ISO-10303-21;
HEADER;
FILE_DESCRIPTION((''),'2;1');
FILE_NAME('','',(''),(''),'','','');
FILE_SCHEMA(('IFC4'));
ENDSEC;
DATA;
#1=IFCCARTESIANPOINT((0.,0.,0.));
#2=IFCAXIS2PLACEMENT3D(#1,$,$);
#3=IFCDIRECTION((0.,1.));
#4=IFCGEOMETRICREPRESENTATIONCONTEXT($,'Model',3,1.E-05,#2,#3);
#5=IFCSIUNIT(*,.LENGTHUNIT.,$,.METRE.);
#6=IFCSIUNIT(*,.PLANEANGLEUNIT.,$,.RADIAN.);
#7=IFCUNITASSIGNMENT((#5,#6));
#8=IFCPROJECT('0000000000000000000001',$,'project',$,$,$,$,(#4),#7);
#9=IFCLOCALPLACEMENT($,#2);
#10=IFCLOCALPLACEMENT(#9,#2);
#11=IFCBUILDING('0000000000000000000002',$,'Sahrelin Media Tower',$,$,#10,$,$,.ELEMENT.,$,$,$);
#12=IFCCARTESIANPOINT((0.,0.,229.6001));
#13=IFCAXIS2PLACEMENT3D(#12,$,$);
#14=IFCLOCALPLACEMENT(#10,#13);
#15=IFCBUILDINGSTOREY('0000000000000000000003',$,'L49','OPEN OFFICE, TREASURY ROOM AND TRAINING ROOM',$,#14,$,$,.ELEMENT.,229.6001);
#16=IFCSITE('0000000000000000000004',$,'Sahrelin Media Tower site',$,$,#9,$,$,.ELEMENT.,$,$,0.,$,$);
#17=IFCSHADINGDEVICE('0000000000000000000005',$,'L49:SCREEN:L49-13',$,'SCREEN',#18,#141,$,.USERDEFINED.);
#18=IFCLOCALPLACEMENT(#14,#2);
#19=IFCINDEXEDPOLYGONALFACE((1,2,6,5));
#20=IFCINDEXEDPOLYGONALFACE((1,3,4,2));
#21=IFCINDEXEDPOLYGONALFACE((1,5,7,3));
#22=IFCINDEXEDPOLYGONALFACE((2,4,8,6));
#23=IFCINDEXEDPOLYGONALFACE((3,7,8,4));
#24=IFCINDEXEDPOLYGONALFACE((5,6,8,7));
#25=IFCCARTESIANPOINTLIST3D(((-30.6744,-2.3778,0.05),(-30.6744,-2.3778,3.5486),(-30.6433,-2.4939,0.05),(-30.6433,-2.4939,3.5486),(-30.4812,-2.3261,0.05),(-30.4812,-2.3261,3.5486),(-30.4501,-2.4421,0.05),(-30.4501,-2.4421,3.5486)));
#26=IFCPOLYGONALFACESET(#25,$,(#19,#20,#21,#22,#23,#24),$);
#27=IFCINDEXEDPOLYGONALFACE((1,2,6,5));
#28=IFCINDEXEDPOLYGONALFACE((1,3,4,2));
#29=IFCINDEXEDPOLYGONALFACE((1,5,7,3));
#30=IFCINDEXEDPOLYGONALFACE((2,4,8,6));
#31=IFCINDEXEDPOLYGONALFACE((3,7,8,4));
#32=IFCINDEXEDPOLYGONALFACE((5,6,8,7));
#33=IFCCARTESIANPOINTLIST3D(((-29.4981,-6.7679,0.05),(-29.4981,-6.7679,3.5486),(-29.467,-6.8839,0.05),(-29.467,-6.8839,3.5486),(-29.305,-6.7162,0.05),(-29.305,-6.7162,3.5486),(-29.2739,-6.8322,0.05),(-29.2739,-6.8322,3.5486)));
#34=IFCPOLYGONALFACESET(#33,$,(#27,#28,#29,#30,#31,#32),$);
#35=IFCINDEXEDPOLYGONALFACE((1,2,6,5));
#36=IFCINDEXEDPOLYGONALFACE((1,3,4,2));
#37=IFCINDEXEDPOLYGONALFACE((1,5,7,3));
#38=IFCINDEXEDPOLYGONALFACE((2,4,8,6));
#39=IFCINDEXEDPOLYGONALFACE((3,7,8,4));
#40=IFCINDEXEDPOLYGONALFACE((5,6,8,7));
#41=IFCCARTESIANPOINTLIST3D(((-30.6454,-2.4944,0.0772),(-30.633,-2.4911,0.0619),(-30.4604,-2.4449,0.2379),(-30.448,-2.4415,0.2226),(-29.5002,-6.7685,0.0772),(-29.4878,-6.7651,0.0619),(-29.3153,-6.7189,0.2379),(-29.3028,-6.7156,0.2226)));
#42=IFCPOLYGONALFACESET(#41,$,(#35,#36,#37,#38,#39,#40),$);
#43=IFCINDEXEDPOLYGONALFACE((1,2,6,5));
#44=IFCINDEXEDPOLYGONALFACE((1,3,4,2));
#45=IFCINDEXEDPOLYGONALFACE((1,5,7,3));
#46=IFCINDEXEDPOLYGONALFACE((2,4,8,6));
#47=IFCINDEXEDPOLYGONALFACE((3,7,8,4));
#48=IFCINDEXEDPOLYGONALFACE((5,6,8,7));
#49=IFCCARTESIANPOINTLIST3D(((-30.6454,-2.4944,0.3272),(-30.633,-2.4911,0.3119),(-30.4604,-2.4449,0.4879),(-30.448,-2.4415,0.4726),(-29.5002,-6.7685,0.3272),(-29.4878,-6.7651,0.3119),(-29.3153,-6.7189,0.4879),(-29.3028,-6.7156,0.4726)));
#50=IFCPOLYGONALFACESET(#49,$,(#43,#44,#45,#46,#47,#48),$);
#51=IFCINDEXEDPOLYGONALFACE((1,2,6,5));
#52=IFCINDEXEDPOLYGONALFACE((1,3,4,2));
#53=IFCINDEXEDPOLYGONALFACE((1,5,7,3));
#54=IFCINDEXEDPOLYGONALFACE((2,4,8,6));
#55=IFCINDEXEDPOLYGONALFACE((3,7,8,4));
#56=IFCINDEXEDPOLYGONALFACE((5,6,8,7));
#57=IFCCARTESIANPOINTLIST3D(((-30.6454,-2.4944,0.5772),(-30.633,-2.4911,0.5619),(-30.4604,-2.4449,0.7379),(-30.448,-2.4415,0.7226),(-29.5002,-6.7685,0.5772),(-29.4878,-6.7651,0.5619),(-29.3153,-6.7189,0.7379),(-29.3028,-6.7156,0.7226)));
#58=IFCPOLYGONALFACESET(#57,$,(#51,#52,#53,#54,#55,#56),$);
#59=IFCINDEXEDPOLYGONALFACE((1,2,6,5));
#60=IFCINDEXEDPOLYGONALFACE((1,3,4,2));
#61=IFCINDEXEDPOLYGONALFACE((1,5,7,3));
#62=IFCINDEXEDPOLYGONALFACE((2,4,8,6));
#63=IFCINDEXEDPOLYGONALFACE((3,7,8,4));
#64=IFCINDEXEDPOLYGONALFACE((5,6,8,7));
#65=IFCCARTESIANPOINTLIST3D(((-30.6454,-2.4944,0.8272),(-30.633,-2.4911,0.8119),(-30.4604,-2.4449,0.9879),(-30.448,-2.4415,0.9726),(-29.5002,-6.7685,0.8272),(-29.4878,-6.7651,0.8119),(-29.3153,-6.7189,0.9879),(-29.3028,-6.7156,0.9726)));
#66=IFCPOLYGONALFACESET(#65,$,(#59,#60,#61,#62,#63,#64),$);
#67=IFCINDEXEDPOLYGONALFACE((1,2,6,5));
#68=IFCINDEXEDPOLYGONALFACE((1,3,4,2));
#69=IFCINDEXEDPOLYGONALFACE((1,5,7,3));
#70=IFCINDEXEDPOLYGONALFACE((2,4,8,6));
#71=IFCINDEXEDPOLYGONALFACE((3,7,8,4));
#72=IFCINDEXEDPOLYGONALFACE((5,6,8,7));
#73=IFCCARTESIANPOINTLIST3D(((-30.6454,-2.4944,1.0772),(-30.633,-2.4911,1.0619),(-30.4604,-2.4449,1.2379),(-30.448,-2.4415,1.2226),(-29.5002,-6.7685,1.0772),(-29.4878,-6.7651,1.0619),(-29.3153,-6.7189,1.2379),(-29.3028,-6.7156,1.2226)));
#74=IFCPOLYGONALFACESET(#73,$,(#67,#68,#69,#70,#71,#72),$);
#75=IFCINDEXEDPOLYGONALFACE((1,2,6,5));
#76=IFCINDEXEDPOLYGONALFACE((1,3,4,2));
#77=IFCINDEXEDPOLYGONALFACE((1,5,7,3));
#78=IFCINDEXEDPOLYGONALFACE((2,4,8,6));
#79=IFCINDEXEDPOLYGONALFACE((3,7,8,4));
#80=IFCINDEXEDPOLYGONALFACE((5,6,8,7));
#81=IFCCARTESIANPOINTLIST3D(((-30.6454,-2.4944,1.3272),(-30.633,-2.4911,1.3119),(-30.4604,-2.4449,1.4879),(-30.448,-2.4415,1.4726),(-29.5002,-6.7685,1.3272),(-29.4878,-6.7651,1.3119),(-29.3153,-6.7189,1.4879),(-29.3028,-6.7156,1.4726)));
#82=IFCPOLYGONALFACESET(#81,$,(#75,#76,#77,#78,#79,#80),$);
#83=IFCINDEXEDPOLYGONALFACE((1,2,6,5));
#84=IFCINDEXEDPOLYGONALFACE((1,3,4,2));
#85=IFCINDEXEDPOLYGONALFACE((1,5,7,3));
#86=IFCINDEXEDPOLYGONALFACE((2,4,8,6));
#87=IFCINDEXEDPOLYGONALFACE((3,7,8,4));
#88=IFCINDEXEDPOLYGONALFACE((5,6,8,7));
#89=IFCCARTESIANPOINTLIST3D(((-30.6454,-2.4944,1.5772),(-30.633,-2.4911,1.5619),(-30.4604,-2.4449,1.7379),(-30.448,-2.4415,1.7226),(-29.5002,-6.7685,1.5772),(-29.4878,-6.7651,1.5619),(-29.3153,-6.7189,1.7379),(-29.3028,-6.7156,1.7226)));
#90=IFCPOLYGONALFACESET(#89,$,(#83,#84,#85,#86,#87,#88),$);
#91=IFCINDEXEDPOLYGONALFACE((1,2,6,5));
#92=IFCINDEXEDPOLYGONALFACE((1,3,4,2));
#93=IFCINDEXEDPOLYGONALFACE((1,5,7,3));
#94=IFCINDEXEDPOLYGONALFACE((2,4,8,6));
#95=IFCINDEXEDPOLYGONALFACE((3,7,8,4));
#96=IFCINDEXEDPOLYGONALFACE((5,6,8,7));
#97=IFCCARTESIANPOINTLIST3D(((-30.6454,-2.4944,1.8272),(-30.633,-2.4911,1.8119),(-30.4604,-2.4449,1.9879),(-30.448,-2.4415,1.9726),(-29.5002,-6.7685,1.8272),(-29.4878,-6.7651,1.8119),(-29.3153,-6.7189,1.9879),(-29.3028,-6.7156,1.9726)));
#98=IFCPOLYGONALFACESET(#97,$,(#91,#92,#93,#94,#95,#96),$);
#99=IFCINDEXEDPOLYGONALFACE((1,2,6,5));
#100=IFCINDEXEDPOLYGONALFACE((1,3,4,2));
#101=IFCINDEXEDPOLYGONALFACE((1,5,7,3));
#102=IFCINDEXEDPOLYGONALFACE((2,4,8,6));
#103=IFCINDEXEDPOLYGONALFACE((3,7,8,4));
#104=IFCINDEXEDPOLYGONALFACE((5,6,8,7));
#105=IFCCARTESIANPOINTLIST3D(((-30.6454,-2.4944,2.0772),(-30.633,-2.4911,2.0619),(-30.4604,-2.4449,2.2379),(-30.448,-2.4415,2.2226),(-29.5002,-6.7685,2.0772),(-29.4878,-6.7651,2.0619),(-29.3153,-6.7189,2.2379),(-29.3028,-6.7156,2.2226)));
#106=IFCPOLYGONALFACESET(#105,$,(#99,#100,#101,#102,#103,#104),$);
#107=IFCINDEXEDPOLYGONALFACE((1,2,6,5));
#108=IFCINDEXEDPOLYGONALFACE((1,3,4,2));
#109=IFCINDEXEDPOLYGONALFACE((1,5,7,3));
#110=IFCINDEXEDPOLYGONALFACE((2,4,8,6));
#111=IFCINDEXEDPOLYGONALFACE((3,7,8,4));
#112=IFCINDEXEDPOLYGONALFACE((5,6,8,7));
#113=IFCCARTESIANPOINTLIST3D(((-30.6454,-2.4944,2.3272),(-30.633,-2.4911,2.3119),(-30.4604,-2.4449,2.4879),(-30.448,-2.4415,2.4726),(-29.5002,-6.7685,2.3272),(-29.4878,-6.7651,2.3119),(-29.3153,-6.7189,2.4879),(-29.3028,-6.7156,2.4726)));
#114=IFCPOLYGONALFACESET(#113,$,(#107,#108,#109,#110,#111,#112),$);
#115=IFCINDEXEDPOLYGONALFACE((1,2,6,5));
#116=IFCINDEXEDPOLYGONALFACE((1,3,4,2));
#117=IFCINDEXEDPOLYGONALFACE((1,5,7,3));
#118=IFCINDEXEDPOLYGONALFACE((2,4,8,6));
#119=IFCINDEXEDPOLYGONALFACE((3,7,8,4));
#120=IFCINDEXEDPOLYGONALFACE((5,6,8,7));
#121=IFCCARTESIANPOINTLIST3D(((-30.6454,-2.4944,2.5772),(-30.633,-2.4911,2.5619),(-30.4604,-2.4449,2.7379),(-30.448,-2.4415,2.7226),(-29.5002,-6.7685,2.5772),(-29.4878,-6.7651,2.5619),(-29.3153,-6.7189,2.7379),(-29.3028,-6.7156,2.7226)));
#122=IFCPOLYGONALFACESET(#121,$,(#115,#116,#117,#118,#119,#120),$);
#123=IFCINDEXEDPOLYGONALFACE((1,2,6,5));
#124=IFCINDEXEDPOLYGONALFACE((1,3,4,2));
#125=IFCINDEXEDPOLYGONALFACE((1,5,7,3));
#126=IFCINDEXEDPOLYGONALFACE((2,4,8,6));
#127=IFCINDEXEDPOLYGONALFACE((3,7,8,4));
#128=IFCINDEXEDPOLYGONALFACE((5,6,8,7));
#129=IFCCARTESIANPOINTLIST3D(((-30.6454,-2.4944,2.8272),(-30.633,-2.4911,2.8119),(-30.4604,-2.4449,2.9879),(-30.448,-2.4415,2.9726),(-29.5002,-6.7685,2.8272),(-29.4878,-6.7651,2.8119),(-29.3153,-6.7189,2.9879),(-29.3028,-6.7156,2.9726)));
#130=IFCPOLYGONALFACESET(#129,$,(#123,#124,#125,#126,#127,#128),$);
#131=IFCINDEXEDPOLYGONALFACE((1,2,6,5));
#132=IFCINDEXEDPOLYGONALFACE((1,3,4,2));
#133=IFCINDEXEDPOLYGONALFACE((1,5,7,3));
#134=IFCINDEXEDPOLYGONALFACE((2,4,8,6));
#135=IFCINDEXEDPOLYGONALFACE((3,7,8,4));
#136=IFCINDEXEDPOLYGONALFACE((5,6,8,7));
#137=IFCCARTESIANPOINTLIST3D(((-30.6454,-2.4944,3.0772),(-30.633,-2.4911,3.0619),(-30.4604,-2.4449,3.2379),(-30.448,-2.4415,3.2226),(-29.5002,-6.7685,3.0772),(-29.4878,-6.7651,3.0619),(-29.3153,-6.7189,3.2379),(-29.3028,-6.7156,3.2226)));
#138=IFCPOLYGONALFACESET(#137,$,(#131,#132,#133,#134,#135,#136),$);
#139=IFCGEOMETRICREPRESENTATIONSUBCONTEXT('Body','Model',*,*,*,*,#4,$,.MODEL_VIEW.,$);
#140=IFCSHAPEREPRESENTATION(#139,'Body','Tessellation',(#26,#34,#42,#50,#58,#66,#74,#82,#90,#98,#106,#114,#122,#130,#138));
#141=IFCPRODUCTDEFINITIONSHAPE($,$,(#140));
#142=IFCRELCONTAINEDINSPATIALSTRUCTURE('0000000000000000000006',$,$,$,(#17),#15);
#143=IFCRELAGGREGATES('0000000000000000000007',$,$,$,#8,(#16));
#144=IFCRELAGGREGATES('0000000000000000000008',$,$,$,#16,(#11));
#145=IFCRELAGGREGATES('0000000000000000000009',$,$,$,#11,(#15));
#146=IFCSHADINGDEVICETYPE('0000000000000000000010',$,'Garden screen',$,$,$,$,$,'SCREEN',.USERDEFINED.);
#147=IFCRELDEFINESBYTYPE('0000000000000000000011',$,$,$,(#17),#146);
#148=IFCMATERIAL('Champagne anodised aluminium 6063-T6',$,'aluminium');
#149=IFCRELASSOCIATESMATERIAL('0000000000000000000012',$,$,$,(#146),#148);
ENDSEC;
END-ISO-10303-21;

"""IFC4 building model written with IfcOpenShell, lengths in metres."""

from ifc_helpers import new_model, si_unit, direction, frame, origin, origin_2d, place, context, subcontext, project, spatial, rectangle, extrude, material, type_object, element, save


model = new_model("IFC4")

# Units and contexts
model_context = context("Model", 3, precision=1e-05, world=origin(), true_north=direction((0.0, 1.0)))
body_context = subcontext(model_context, "Body", "Model", "MODEL_VIEW")
ifc_project = project(units=[si_unit("LENGTHUNIT", "METRE"), si_unit("PLANEANGLEUNIT", "RADIAN")], contexts=[model_context])

# Site, building, storey
site_placement = place(None, origin())
site = spatial("IfcSite", under=ifc_project, at=site_placement, Name="Sahrelin Media Tower site", CompositionType="ELEMENT", RefElevation=0.0)
building_placement = place(site_placement, origin())
building = spatial("IfcBuilding", under=site, at=building_placement, Name="Sahrelin Media Tower", CompositionType="ELEMENT")
storey_placement = place(building_placement, frame((0.0, 0.0, 229.6001)))
storey = spatial("IfcBuildingStorey", under=building, at=storey_placement, Name="L49", Description="OPEN OFFICE, TREASURY ROOM AND TRAINING ROOM", CompositionType="ELEMENT", Elevation=229.6001)

# Shading device
ifc_material_1 = material(Name="Champagne anodised aluminium 6063-T6", Category="aluminium")
shading_device_type = type_object("IfcShadingDeviceType", Name="Garden screen", ElementType="SCREEN", PredefinedType="USERDEFINED", material=ifc_material_1)
shading_device_1_placement = place(storey_placement, frame((-29.8774, -4.5791, 0.0), z_axis=(0.0, 0.0, 1.0), x_axis=(-0.258808, 0.965929, 0.0)))
element("IfcShadingDevice", 1, at=shading_device_1_placement, inside=storey, type_object=shading_device_type, Name="L49:SCREEN:L49-13", ObjectType="SCREEN", PredefinedType="USERDEFINED", context=body_context, shape_type="SweptSolid", body=[
    extrude(rectangle(XDim=0.1201, YDim=0.2, at=origin_2d()), frame((2.2725, 0.1001, 0.05), z_axis=(0.0, 0.0, 1.0), x_axis=(1.0, 0.0, 0.0)), (0.0, 0.0, 1.0), 3.4985),
    extrude(rectangle(XDim=0.1201, YDim=0.2, at=origin_2d()), frame((-2.2725, 0.1001, 0.05), z_axis=(0.0, 0.0, 1.0), x_axis=(1.0, 0.0, 0.0)), (0.0, 0.0, 1.0), 3.4985),
    extrude(rectangle(XDim=0.25, YDim=0.02, at=origin_2d()), frame((2.2124, 0.1001, 0.1499), z_axis=(-1.0, 0.0, 0.0), x_axis=(0.0, -0.766044, 0.642788)), (0.0, 0.0, 1.0), 4.4248),
    extrude(rectangle(XDim=0.25, YDim=0.02, at=origin_2d()), frame((2.2124, 0.1001, 0.3999), z_axis=(-1.0, 0.0, 0.0), x_axis=(0.0, -0.766044, 0.642788)), (0.0, 0.0, 1.0), 4.4248),
    extrude(rectangle(XDim=0.25, YDim=0.02, at=origin_2d()), frame((2.2124, 0.1001, 0.6499), z_axis=(-1.0, 0.0, 0.0), x_axis=(0.0, -0.766044, 0.642788)), (0.0, 0.0, 1.0), 4.4248),
    extrude(rectangle(XDim=0.25, YDim=0.02, at=origin_2d()), frame((2.2124, 0.1001, 0.8999), z_axis=(-1.0, 0.0, 0.0), x_axis=(0.0, -0.766044, 0.642788)), (0.0, 0.0, 1.0), 4.4248),
    extrude(rectangle(XDim=0.25, YDim=0.02, at=origin_2d()), frame((2.2124, 0.1001, 1.1499), z_axis=(-1.0, 0.0, 0.0), x_axis=(0.0, -0.766044, 0.642788)), (0.0, 0.0, 1.0), 4.4248),
    extrude(rectangle(XDim=0.25, YDim=0.02, at=origin_2d()), frame((2.2124, 0.1001, 1.3999), z_axis=(-1.0, 0.0, 0.0), x_axis=(0.0, -0.766044, 0.642788)), (0.0, 0.0, 1.0), 4.4248),
    extrude(rectangle(XDim=0.25, YDim=0.02, at=origin_2d()), frame((2.2124, 0.1001, 1.6499), z_axis=(-1.0, 0.0, 0.0), x_axis=(0.0, -0.766044, 0.642788)), (0.0, 0.0, 1.0), 4.4248),
    extrude(rectangle(XDim=0.25, YDim=0.02, at=origin_2d()), frame((2.2124, 0.1001, 1.8999), z_axis=(-1.0, 0.0, 0.0), x_axis=(0.0, -0.766044, 0.642788)), (0.0, 0.0, 1.0), 4.4248),
    extrude(rectangle(XDim=0.25, YDim=0.02, at=origin_2d()), frame((2.2124, 0.1001, 2.1499), z_axis=(-1.0, 0.0, 0.0), x_axis=(0.0, -0.766044, 0.642788)), (0.0, 0.0, 1.0), 4.4248),
    extrude(rectangle(XDim=0.25, YDim=0.02, at=origin_2d()), frame((2.2124, 0.1001, 2.3999), z_axis=(-1.0, 0.0, 0.0), x_axis=(0.0, -0.766044, 0.642788)), (0.0, 0.0, 1.0), 4.4248),
    extrude(rectangle(XDim=0.25, YDim=0.02, at=origin_2d()), frame((2.2124, 0.1001, 2.6499), z_axis=(-1.0, 0.0, 0.0), x_axis=(0.0, -0.766044, 0.642788)), (0.0, 0.0, 1.0), 4.4248),
    extrude(rectangle(XDim=0.25, YDim=0.02, at=origin_2d()), frame((2.2124, 0.1001, 2.8999), z_axis=(-1.0, 0.0, 0.0), x_axis=(0.0, -0.766044, 0.642788)), (0.0, 0.0, 1.0), 4.4248),
    extrude(rectangle(XDim=0.25, YDim=0.02, at=origin_2d()), frame((2.2124, 0.1001, 3.1499), z_axis=(-1.0, 0.0, 0.0), x_axis=(0.0, -0.766044, 0.642788)), (0.0, 0.0, 1.0), 4.4248),
])

save(model, "model.ifc")
